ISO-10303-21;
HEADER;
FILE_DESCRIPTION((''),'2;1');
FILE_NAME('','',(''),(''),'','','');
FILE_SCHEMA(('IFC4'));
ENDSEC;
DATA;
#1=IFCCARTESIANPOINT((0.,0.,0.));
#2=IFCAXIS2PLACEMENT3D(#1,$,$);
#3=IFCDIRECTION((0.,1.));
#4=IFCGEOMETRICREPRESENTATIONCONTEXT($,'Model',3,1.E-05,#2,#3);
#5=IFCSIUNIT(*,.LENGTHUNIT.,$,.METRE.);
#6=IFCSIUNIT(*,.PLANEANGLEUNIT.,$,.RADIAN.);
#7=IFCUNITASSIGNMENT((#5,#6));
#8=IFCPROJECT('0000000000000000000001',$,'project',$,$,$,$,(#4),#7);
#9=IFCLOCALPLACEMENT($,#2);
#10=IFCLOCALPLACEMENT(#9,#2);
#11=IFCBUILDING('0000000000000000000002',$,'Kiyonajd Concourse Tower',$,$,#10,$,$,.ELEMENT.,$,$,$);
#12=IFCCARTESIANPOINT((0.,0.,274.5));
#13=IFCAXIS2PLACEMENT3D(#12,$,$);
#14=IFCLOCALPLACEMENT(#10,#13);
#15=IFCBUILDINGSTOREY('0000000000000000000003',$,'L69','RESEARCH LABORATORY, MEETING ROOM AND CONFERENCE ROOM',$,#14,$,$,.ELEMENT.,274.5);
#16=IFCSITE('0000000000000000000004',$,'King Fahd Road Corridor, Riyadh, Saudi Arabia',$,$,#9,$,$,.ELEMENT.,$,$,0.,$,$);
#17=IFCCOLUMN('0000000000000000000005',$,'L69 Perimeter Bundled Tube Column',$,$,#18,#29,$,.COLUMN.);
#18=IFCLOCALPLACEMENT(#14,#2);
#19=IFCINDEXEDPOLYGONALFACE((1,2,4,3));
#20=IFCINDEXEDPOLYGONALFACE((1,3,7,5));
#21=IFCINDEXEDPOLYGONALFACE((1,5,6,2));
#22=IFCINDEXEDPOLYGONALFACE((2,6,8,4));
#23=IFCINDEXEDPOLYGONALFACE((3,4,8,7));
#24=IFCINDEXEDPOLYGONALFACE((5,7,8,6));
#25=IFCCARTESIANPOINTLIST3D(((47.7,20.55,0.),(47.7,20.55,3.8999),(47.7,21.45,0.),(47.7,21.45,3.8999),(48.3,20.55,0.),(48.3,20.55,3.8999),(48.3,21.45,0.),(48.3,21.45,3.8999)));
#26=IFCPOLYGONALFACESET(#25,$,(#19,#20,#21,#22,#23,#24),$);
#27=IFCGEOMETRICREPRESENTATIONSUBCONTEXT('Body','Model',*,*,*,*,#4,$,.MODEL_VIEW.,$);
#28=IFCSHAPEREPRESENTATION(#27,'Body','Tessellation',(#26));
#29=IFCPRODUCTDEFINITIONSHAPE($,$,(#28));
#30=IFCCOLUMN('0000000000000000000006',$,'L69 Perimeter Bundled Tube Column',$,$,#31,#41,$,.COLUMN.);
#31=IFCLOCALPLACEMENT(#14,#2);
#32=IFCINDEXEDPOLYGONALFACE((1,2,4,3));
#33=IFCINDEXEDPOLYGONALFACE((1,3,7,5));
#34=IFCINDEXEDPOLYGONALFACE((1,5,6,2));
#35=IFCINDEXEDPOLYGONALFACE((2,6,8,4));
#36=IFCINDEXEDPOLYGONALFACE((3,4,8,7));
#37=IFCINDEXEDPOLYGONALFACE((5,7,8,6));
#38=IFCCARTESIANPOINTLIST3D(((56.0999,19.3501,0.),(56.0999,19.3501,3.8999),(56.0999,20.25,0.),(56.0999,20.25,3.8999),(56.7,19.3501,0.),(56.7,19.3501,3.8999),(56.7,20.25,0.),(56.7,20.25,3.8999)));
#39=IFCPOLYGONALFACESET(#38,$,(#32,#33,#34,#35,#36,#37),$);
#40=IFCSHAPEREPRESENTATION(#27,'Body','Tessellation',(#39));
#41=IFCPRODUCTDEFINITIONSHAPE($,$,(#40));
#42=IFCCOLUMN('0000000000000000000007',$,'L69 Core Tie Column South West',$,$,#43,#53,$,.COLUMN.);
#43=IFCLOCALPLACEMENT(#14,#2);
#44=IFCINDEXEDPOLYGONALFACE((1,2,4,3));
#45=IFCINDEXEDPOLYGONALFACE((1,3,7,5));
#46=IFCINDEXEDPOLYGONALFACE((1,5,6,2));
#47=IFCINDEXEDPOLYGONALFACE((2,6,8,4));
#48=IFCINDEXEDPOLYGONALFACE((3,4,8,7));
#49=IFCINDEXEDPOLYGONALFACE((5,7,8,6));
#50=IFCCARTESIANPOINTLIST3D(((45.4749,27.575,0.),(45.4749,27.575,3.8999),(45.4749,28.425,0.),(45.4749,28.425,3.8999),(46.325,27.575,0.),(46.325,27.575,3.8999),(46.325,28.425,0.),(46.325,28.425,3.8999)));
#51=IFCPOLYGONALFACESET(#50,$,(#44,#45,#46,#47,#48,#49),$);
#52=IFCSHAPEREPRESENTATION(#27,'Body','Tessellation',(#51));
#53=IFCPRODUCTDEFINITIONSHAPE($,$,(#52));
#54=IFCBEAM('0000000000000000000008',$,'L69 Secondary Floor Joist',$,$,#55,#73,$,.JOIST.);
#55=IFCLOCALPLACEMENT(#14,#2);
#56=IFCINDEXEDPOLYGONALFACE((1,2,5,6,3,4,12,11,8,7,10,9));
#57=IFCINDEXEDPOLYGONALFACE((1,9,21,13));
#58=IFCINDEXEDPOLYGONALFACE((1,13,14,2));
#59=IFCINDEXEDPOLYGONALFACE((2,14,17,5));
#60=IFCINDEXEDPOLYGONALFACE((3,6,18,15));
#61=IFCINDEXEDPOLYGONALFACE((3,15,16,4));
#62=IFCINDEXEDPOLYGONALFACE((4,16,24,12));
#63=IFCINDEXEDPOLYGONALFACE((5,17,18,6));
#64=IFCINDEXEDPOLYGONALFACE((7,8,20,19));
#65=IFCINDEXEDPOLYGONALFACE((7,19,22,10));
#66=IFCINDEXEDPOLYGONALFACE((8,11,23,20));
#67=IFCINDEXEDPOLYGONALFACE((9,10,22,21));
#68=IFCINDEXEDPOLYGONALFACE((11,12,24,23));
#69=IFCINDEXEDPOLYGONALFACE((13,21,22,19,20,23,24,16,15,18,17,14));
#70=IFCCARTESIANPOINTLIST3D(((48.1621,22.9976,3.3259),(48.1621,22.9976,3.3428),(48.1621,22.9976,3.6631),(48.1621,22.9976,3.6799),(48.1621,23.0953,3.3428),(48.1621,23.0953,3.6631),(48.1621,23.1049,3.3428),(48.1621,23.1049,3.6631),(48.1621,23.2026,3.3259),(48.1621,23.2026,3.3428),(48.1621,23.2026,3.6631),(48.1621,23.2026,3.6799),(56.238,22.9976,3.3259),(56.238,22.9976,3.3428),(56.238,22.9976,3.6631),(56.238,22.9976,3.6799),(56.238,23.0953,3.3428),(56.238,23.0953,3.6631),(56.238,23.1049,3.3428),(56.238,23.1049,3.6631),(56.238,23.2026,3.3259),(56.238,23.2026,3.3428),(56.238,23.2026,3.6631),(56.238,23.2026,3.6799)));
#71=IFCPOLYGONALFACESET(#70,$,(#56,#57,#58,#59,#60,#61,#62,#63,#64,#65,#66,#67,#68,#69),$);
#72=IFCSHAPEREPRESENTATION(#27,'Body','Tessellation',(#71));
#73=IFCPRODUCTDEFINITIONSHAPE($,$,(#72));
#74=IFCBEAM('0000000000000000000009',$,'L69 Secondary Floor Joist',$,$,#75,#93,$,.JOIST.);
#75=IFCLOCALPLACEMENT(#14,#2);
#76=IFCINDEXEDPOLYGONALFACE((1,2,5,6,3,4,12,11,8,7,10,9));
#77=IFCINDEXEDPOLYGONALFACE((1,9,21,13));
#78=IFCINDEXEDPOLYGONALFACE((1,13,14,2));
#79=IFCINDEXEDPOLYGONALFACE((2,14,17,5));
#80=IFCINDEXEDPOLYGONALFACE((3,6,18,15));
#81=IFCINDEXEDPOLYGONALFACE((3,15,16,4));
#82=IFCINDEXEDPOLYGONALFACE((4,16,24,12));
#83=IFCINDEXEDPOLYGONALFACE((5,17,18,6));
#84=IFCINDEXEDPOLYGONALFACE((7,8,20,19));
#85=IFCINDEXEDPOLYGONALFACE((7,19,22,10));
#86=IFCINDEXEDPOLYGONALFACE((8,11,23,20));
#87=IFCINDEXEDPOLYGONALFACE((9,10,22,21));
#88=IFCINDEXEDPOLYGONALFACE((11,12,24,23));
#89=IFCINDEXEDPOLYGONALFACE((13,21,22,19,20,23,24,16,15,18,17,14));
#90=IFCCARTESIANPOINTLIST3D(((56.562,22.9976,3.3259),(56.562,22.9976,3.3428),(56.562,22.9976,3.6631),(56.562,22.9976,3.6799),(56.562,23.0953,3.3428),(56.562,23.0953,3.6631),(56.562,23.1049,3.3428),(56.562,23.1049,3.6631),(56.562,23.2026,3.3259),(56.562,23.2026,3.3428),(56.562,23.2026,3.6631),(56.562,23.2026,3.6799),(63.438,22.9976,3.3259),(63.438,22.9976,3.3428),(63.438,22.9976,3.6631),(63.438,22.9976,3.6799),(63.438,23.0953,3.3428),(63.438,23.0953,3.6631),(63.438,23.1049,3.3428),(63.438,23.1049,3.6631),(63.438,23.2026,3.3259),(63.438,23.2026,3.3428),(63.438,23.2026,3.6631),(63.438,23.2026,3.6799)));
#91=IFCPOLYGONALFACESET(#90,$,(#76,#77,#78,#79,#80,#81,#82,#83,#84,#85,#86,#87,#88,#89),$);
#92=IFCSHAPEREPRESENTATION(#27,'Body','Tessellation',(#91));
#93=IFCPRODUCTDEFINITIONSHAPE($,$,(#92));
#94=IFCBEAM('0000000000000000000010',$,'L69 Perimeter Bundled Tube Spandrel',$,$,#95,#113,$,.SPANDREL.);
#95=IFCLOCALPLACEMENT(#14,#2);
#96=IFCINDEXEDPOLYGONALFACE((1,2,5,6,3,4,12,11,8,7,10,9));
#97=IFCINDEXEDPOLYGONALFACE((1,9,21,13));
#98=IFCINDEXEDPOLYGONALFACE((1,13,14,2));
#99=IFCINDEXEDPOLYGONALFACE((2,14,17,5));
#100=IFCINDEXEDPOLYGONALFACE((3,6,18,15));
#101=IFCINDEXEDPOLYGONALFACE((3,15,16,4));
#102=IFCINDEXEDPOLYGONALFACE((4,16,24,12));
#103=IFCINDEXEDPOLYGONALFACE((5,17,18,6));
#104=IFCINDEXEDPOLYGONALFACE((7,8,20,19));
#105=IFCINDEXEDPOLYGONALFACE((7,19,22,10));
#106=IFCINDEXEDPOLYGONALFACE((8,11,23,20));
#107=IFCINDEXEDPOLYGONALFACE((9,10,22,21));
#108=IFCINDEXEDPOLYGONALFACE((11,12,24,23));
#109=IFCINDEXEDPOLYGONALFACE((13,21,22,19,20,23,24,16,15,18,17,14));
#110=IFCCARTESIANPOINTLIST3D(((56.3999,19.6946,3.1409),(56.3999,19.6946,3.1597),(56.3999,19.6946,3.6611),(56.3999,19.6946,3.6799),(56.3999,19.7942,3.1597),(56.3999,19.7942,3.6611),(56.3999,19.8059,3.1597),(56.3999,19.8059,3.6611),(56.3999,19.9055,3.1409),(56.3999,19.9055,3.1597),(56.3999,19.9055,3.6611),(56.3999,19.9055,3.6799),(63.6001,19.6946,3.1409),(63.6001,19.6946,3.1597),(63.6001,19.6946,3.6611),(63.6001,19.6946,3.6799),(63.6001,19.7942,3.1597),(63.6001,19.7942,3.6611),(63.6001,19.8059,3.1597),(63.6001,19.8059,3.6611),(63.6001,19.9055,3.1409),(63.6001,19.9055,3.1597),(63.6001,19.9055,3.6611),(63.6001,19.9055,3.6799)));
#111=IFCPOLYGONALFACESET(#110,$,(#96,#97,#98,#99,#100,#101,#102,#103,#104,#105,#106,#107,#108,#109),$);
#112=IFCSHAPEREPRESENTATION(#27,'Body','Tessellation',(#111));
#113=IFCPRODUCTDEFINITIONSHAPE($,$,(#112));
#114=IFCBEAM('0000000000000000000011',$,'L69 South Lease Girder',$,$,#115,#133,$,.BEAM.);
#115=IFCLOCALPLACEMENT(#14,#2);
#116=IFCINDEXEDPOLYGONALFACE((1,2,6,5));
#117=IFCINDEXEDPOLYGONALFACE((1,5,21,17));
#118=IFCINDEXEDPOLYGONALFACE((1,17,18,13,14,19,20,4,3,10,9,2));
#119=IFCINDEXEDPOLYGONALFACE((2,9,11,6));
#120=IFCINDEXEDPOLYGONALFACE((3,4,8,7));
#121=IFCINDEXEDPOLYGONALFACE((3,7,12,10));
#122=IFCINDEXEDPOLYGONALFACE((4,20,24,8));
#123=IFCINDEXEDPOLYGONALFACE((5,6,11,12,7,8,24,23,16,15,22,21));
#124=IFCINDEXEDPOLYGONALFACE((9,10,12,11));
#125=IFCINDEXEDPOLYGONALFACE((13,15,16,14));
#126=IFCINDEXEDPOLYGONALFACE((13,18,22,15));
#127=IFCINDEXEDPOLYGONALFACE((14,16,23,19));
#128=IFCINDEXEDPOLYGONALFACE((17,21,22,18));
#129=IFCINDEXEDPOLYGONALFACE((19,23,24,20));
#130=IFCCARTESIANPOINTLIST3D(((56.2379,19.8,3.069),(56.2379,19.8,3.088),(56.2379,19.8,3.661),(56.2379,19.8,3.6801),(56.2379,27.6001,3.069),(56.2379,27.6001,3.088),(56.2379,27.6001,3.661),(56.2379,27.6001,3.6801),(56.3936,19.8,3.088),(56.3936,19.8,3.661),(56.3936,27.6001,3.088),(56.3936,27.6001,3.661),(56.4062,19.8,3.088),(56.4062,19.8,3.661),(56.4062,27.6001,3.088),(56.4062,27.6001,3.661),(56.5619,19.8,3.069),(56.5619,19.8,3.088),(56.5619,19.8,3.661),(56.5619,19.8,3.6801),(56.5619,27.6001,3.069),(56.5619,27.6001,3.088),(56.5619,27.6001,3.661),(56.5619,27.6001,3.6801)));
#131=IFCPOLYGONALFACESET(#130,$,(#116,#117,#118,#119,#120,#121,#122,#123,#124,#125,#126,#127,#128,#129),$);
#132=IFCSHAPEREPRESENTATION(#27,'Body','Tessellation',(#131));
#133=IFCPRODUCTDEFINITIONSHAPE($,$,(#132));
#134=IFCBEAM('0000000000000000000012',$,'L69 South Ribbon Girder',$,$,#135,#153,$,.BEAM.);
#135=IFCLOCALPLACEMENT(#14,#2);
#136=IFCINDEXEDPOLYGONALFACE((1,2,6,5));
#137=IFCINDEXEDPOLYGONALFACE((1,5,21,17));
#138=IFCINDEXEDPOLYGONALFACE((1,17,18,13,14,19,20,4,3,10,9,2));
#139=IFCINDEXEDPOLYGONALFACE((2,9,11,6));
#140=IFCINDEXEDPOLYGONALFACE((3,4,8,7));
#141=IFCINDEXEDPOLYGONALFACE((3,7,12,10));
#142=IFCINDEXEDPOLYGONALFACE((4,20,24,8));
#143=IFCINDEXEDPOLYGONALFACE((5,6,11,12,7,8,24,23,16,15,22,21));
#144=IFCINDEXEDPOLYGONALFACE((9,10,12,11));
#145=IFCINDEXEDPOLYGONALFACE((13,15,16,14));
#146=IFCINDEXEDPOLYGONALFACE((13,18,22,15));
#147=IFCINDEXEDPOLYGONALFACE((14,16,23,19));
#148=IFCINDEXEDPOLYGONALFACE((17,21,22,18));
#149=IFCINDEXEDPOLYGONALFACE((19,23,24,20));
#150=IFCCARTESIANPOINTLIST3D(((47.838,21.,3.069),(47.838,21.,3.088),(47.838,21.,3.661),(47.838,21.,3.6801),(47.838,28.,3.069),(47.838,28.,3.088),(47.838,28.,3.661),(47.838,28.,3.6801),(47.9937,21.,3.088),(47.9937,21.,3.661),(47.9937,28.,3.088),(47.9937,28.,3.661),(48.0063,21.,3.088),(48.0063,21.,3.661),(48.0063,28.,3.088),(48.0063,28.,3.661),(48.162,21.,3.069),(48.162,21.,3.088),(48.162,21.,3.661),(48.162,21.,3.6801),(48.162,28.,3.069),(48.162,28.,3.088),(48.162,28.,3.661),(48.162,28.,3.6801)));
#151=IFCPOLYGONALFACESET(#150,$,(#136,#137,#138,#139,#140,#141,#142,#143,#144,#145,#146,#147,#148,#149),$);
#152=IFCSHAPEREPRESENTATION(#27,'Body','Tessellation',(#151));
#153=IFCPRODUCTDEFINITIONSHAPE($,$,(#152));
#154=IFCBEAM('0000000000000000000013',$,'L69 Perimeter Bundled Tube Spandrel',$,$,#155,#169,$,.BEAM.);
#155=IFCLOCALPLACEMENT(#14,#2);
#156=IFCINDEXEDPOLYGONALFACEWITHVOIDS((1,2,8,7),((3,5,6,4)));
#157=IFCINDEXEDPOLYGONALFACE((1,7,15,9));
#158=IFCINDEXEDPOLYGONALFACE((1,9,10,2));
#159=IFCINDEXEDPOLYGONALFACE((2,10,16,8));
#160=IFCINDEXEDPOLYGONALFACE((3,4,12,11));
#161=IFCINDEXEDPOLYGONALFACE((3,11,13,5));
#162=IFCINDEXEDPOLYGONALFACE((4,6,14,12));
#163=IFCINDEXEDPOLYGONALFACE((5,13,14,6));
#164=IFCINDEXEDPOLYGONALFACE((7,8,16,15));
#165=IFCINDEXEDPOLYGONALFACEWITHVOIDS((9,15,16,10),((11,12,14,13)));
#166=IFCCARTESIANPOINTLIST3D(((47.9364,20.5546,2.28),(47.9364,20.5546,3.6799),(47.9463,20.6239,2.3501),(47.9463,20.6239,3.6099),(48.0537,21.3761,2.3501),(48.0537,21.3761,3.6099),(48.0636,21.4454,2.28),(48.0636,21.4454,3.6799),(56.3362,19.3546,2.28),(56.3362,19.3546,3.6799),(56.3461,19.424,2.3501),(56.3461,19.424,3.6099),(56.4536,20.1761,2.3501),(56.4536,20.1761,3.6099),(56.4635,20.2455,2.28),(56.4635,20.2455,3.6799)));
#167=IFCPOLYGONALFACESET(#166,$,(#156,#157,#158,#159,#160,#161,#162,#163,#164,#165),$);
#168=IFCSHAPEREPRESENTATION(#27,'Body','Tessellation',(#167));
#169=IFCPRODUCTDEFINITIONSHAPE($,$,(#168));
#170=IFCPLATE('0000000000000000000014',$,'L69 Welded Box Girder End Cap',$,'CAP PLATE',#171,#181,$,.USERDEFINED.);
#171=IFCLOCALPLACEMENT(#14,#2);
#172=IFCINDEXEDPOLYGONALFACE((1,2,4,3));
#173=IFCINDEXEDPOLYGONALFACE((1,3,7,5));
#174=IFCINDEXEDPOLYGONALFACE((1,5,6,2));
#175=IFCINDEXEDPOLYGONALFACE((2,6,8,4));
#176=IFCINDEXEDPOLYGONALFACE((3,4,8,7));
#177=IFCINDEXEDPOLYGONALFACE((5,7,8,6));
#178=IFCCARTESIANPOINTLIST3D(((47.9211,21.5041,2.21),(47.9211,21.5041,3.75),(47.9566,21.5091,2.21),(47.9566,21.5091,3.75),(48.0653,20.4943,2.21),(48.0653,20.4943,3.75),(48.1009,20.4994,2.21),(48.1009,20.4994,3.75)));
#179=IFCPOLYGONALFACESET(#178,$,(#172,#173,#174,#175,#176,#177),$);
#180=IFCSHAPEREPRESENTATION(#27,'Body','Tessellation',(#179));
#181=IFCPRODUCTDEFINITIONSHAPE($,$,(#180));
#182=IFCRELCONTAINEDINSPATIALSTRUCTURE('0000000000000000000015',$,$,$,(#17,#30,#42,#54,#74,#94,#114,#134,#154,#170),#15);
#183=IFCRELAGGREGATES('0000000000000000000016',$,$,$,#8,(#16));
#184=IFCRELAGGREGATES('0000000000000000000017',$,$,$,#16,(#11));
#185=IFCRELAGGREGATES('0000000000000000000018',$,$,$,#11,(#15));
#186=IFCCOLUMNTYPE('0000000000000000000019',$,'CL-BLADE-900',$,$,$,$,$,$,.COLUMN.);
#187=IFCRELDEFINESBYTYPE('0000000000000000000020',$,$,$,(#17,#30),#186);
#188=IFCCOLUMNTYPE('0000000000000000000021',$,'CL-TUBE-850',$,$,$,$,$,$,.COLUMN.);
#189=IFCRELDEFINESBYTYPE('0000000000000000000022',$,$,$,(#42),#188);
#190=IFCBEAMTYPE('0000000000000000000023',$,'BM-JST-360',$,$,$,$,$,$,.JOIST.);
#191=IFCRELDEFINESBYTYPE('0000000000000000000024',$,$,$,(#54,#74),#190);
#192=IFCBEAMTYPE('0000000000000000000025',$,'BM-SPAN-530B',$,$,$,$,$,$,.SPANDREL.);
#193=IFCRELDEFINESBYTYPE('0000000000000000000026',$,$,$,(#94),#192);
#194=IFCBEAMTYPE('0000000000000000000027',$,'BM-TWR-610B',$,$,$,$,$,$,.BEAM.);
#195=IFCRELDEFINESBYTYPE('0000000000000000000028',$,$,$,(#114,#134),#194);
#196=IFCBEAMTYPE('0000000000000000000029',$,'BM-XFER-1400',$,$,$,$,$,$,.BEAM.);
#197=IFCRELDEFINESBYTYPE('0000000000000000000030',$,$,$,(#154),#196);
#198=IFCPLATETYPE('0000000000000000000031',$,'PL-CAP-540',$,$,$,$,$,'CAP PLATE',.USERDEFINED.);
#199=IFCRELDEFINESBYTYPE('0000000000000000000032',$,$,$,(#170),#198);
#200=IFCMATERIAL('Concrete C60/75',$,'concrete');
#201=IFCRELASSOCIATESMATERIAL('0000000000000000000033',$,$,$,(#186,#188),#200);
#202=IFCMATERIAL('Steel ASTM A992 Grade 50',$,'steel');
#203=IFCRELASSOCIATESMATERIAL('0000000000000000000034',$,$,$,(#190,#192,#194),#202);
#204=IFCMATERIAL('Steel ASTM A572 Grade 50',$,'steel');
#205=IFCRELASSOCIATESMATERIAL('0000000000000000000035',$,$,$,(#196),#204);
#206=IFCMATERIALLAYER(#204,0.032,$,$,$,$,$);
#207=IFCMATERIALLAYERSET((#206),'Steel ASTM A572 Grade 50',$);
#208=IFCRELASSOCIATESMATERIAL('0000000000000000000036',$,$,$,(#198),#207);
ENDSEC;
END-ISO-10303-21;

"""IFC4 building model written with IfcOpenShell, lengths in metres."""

from ifc_helpers import new_model, si_unit, direction, frame, origin, origin_2d, place, context, subcontext, project, spatial, rectangle, hollow_rectangle, i_section, extrude, material, layer, layer_set, material_profile, profile_set, type_object, element, save


model = new_model("IFC4")

# Units and contexts
model_context = context("Model", 3, precision=1e-05, world=origin(), true_north=direction((0.0, 1.0)))
body_context = subcontext(model_context, "Body", "Model", "MODEL_VIEW")
ifc_project = project(units=[si_unit("LENGTHUNIT", "METRE"), si_unit("PLANEANGLEUNIT", "RADIAN")], contexts=[model_context])

# Site, building, storey
site_placement = place(None, origin())
site = spatial("IfcSite", under=ifc_project, at=site_placement, Name="King Fahd Road Corridor, Riyadh, Saudi Arabia", CompositionType="ELEMENT", RefElevation=0.0)
building_placement = place(site_placement, origin())
building = spatial("IfcBuilding", under=site, at=building_placement, Name="Kiyonajd Concourse Tower", CompositionType="ELEMENT")
storey_placement = place(building_placement, frame((0.0, 0.0, 274.5)))
storey = spatial("IfcBuildingStorey", under=building, at=storey_placement, Name="L69", Description="RESEARCH LABORATORY, MEETING ROOM AND CONFERENCE ROOM", CompositionType="ELEMENT", Elevation=274.5)

# Columns
ifc_material_1 = material(Name="Concrete C60/75", Category="concrete")
ifc_material_profile_1 = material_profile(ifc_material_1, rectangle(XDim=0.6001, YDim=0.8999, at=origin_2d()), Name="RC-900x600")
ifc_profile_set_1 = profile_set([ifc_material_profile_1], Name="Concrete C60/75")
column_type_1 = type_object("IfcColumnType", Name="CL-BLADE-900", PredefinedType="COLUMN", material=ifc_profile_set_1)
for number, where, z_axis, x_axis, name in (
    (1, (48.0, 21.0, 0.0), (0.0, 0.0, 1.0), (1.0, 0.0, 0.0), "L69 Perimeter Bundled Tube Column"),
    (2, (56.3999, 19.8, 0.0), (0.0, 0.0, 1.0), (1.0, 0.0, 0.0), "L69 Perimeter Bundled Tube Column"),
):
    element("IfcColumn", number, at=place(storey_placement, frame(where, z_axis=z_axis, x_axis=x_axis)), inside=storey, type_object=column_type_1, Name=name, PredefinedType="COLUMN", context=body_context, shape_type="SweptSolid", body=[
        extrude(rectangle(XDim=0.6001, YDim=0.8999, at=origin_2d()), origin(), (0.0, 0.0, 1.0), 3.8999),
    ])
ifc_material_profile_2 = material_profile(ifc_material_1, rectangle(XDim=0.8501, YDim=0.8501, at=origin_2d()), Name="RC-850x850")
ifc_profile_set_2 = profile_set([ifc_material_profile_2], Name="Concrete C60/75")
column_type_2 = type_object("IfcColumnType", Name="CL-TUBE-850", PredefinedType="COLUMN", material=ifc_profile_set_2)
column_placement = place(storey_placement, frame((45.8999, 28.0, 0.0), z_axis=(0.0, 0.0, 1.0), x_axis=(1.0, 0.0, 0.0)))
element("IfcColumn", 3, at=column_placement, inside=storey, type_object=column_type_2, Name="L69 Core Tie Column South West", PredefinedType="COLUMN", context=body_context, shape_type="SweptSolid", body=[
    extrude(rectangle(XDim=0.8501, YDim=0.8501, at=origin_2d()), origin(), (0.0, 0.0, 1.0), 3.8999),
])

# Beams
ifc_material_2 = material(Name="Steel ASTM A992 Grade 50", Category="steel")
ifc_material_profile_3 = material_profile(ifc_material_2, i_section(OverallWidth=0.2051, OverallDepth=0.354, WebThickness=0.0095, FlangeThickness=0.0168, at=origin_2d()), Name="W360X79")
ifc_profile_set_3 = profile_set([ifc_material_profile_3], Name="Steel ASTM A992 Grade 50")
beam_type_1 = type_object("IfcBeamType", Name="BM-JST-360", PredefinedType="JOIST", material=ifc_profile_set_3)
beam_1_placement = place(storey_placement, frame((48.1621, 23.1001, 3.5029), z_axis=(1.0, 0.0, 0.0), x_axis=(0.0, 1.0, 0.0)))
element("IfcBeam", 4, at=beam_1_placement, inside=storey, type_object=beam_type_1, Name="L69 Secondary Floor Joist", PredefinedType="JOIST", context=body_context, shape_type="SweptSolid", body=[
    extrude(i_section(OverallWidth=0.2051, OverallDepth=0.354, WebThickness=0.0095, FlangeThickness=0.0168, at=origin_2d()), origin(), (0.0, 0.0, 1.0), 8.0759),
])
beam_2_placement = place(storey_placement, frame((56.562, 23.1001, 3.5029), z_axis=(1.0, 0.0, 0.0), x_axis=(0.0, 1.0, 0.0)))
element("IfcBeam", 5, at=beam_2_placement, inside=storey, type_object=beam_type_1, Name="L69 Secondary Floor Joist", PredefinedType="JOIST", context=body_context, shape_type="SweptSolid", body=[
    extrude(i_section(OverallWidth=0.2051, OverallDepth=0.354, WebThickness=0.0095, FlangeThickness=0.0168, at=origin_2d()), origin(), (0.0, 0.0, 1.0), 6.876),
])
ifc_material_profile_4 = material_profile(ifc_material_2, i_section(OverallWidth=0.2109, OverallDepth=0.5391, WebThickness=0.0117, FlangeThickness=0.0188, at=origin_2d()), Name="W530X109")
ifc_profile_set_4 = profile_set([ifc_material_profile_4], Name="Steel ASTM A992 Grade 50")
beam_type_2 = type_object("IfcBeamType", Name="BM-SPAN-530B", PredefinedType="SPANDREL", material=ifc_profile_set_4)
beam_3_placement = place(storey_placement, frame((56.3999, 19.8, 3.4104), z_axis=(1.0, 0.0, 0.0), x_axis=(0.0, 1.0, 0.0)))
element("IfcBeam", 6, at=beam_3_placement, inside=storey, type_object=beam_type_2, Name="L69 Perimeter Bundled Tube Spandrel", PredefinedType="SPANDREL", context=body_context, shape_type="SweptSolid", body=[
    extrude(i_section(OverallWidth=0.2109, OverallDepth=0.5391, WebThickness=0.0117, FlangeThickness=0.0188, at=origin_2d()), origin(), (0.0, 0.0, 1.0), 7.2002),
])
ifc_material_profile_5 = material_profile(ifc_material_2, i_section(OverallWidth=0.324, OverallDepth=0.6111, WebThickness=0.0127, FlangeThickness=0.019, at=origin_2d()), Name="W610X155")
ifc_profile_set_5 = profile_set([ifc_material_profile_5], Name="Steel ASTM A992 Grade 50")
beam_type_3 = type_object("IfcBeamType", Name="BM-TWR-610B", PredefinedType="BEAM", material=ifc_profile_set_5)
beam_4_placement = place(storey_placement, frame((56.3999, 19.8, 3.3745), z_axis=(0.0, 1.0, 0.0), x_axis=(-1.0, 0.0, 0.0)))
element("IfcBeam", 7, at=beam_4_placement, inside=storey, type_object=beam_type_3, Name="L69 South Lease Girder", PredefinedType="BEAM", context=body_context, shape_type="SweptSolid", body=[
    extrude(i_section(OverallWidth=0.324, OverallDepth=0.6111, WebThickness=0.0127, FlangeThickness=0.019, at=origin_2d()), origin(), (0.0, 0.0, 1.0), 7.8),
])
beam_5_placement = place(storey_placement, frame((48.0, 21.0, 3.3745), z_axis=(0.0, 1.0, 0.0), x_axis=(-1.0, 0.0, 0.0)))
element("IfcBeam", 8, at=beam_5_placement, inside=storey, type_object=beam_type_3, Name="L69 South Ribbon Girder", PredefinedType="BEAM", context=body_context, shape_type="SweptSolid", body=[
    extrude(i_section(OverallWidth=0.324, OverallDepth=0.6111, WebThickness=0.0127, FlangeThickness=0.019, at=origin_2d()), origin(), (0.0, 0.0, 1.0), 7.0),
])
ifc_material_3 = material(Name="Steel ASTM A572 Grade 50", Category="steel")
ifc_material_profile_6 = material_profile(ifc_material_3, hollow_rectangle(XDim=0.8999, YDim=1.3999, WallThickness=0.0701, at=origin_2d()), Name="BOX-1400x900x70")
ifc_profile_set_6 = profile_set([ifc_material_profile_6], Name="Steel ASTM A572 Grade 50")
beam_type_4 = type_object("IfcBeamType", Name="BM-XFER-1400", PredefinedType="BEAM", material=ifc_profile_set_6)
beam_6_placement = place(storey_placement, frame((48.0, 21.0, 2.98), z_axis=(0.98995, -0.141417, 0.0), x_axis=(0.141417, 0.98995, 0.0)))
element("IfcBeam", 9, at=beam_6_placement, inside=storey, type_object=beam_type_4, Name="L69 Perimeter Bundled Tube Spandrel", PredefinedType="BEAM", context=body_context, shape_type="SweptSolid", body=[
    extrude(hollow_rectangle(XDim=0.8999, YDim=1.3999, WallThickness=0.0701, at=origin_2d()), origin(), (0.0, 0.0, 1.0), 8.4851),
])

# Plate
ifc_layer_1 = layer(ifc_material_3, 0.032)
ifc_layer_set_1 = layer_set([ifc_layer_1], Name="Steel ASTM A572 Grade 50")
plate_type_1 = type_object("IfcPlateType", Name="PL-CAP-540", ElementType="CAP PLATE", PredefinedType="USERDEFINED", material=ifc_layer_set_1)
for number, where, z_axis, x_axis, name in (
    (10, (48.011, 21.0017, 2.21), (0.0, 0.0, 1.0), (0.98995, 0.14142, 0.0), "L69 Welded Box Girder End Cap"),
):
    element("IfcPlate", number, at=place(storey_placement, frame(where, z_axis=z_axis, x_axis=x_axis)), inside=storey, type_object=plate_type_1, Name=name, ObjectType="CAP PLATE", PredefinedType="USERDEFINED", context=body_context, shape_type="SweptSolid", body=[
        extrude(rectangle(XDim=0.0359, YDim=1.02, at=origin_2d()), origin(), (0.0, 0.0, 1.0), 1.54),
    ])

save(model, "model.ifc")
